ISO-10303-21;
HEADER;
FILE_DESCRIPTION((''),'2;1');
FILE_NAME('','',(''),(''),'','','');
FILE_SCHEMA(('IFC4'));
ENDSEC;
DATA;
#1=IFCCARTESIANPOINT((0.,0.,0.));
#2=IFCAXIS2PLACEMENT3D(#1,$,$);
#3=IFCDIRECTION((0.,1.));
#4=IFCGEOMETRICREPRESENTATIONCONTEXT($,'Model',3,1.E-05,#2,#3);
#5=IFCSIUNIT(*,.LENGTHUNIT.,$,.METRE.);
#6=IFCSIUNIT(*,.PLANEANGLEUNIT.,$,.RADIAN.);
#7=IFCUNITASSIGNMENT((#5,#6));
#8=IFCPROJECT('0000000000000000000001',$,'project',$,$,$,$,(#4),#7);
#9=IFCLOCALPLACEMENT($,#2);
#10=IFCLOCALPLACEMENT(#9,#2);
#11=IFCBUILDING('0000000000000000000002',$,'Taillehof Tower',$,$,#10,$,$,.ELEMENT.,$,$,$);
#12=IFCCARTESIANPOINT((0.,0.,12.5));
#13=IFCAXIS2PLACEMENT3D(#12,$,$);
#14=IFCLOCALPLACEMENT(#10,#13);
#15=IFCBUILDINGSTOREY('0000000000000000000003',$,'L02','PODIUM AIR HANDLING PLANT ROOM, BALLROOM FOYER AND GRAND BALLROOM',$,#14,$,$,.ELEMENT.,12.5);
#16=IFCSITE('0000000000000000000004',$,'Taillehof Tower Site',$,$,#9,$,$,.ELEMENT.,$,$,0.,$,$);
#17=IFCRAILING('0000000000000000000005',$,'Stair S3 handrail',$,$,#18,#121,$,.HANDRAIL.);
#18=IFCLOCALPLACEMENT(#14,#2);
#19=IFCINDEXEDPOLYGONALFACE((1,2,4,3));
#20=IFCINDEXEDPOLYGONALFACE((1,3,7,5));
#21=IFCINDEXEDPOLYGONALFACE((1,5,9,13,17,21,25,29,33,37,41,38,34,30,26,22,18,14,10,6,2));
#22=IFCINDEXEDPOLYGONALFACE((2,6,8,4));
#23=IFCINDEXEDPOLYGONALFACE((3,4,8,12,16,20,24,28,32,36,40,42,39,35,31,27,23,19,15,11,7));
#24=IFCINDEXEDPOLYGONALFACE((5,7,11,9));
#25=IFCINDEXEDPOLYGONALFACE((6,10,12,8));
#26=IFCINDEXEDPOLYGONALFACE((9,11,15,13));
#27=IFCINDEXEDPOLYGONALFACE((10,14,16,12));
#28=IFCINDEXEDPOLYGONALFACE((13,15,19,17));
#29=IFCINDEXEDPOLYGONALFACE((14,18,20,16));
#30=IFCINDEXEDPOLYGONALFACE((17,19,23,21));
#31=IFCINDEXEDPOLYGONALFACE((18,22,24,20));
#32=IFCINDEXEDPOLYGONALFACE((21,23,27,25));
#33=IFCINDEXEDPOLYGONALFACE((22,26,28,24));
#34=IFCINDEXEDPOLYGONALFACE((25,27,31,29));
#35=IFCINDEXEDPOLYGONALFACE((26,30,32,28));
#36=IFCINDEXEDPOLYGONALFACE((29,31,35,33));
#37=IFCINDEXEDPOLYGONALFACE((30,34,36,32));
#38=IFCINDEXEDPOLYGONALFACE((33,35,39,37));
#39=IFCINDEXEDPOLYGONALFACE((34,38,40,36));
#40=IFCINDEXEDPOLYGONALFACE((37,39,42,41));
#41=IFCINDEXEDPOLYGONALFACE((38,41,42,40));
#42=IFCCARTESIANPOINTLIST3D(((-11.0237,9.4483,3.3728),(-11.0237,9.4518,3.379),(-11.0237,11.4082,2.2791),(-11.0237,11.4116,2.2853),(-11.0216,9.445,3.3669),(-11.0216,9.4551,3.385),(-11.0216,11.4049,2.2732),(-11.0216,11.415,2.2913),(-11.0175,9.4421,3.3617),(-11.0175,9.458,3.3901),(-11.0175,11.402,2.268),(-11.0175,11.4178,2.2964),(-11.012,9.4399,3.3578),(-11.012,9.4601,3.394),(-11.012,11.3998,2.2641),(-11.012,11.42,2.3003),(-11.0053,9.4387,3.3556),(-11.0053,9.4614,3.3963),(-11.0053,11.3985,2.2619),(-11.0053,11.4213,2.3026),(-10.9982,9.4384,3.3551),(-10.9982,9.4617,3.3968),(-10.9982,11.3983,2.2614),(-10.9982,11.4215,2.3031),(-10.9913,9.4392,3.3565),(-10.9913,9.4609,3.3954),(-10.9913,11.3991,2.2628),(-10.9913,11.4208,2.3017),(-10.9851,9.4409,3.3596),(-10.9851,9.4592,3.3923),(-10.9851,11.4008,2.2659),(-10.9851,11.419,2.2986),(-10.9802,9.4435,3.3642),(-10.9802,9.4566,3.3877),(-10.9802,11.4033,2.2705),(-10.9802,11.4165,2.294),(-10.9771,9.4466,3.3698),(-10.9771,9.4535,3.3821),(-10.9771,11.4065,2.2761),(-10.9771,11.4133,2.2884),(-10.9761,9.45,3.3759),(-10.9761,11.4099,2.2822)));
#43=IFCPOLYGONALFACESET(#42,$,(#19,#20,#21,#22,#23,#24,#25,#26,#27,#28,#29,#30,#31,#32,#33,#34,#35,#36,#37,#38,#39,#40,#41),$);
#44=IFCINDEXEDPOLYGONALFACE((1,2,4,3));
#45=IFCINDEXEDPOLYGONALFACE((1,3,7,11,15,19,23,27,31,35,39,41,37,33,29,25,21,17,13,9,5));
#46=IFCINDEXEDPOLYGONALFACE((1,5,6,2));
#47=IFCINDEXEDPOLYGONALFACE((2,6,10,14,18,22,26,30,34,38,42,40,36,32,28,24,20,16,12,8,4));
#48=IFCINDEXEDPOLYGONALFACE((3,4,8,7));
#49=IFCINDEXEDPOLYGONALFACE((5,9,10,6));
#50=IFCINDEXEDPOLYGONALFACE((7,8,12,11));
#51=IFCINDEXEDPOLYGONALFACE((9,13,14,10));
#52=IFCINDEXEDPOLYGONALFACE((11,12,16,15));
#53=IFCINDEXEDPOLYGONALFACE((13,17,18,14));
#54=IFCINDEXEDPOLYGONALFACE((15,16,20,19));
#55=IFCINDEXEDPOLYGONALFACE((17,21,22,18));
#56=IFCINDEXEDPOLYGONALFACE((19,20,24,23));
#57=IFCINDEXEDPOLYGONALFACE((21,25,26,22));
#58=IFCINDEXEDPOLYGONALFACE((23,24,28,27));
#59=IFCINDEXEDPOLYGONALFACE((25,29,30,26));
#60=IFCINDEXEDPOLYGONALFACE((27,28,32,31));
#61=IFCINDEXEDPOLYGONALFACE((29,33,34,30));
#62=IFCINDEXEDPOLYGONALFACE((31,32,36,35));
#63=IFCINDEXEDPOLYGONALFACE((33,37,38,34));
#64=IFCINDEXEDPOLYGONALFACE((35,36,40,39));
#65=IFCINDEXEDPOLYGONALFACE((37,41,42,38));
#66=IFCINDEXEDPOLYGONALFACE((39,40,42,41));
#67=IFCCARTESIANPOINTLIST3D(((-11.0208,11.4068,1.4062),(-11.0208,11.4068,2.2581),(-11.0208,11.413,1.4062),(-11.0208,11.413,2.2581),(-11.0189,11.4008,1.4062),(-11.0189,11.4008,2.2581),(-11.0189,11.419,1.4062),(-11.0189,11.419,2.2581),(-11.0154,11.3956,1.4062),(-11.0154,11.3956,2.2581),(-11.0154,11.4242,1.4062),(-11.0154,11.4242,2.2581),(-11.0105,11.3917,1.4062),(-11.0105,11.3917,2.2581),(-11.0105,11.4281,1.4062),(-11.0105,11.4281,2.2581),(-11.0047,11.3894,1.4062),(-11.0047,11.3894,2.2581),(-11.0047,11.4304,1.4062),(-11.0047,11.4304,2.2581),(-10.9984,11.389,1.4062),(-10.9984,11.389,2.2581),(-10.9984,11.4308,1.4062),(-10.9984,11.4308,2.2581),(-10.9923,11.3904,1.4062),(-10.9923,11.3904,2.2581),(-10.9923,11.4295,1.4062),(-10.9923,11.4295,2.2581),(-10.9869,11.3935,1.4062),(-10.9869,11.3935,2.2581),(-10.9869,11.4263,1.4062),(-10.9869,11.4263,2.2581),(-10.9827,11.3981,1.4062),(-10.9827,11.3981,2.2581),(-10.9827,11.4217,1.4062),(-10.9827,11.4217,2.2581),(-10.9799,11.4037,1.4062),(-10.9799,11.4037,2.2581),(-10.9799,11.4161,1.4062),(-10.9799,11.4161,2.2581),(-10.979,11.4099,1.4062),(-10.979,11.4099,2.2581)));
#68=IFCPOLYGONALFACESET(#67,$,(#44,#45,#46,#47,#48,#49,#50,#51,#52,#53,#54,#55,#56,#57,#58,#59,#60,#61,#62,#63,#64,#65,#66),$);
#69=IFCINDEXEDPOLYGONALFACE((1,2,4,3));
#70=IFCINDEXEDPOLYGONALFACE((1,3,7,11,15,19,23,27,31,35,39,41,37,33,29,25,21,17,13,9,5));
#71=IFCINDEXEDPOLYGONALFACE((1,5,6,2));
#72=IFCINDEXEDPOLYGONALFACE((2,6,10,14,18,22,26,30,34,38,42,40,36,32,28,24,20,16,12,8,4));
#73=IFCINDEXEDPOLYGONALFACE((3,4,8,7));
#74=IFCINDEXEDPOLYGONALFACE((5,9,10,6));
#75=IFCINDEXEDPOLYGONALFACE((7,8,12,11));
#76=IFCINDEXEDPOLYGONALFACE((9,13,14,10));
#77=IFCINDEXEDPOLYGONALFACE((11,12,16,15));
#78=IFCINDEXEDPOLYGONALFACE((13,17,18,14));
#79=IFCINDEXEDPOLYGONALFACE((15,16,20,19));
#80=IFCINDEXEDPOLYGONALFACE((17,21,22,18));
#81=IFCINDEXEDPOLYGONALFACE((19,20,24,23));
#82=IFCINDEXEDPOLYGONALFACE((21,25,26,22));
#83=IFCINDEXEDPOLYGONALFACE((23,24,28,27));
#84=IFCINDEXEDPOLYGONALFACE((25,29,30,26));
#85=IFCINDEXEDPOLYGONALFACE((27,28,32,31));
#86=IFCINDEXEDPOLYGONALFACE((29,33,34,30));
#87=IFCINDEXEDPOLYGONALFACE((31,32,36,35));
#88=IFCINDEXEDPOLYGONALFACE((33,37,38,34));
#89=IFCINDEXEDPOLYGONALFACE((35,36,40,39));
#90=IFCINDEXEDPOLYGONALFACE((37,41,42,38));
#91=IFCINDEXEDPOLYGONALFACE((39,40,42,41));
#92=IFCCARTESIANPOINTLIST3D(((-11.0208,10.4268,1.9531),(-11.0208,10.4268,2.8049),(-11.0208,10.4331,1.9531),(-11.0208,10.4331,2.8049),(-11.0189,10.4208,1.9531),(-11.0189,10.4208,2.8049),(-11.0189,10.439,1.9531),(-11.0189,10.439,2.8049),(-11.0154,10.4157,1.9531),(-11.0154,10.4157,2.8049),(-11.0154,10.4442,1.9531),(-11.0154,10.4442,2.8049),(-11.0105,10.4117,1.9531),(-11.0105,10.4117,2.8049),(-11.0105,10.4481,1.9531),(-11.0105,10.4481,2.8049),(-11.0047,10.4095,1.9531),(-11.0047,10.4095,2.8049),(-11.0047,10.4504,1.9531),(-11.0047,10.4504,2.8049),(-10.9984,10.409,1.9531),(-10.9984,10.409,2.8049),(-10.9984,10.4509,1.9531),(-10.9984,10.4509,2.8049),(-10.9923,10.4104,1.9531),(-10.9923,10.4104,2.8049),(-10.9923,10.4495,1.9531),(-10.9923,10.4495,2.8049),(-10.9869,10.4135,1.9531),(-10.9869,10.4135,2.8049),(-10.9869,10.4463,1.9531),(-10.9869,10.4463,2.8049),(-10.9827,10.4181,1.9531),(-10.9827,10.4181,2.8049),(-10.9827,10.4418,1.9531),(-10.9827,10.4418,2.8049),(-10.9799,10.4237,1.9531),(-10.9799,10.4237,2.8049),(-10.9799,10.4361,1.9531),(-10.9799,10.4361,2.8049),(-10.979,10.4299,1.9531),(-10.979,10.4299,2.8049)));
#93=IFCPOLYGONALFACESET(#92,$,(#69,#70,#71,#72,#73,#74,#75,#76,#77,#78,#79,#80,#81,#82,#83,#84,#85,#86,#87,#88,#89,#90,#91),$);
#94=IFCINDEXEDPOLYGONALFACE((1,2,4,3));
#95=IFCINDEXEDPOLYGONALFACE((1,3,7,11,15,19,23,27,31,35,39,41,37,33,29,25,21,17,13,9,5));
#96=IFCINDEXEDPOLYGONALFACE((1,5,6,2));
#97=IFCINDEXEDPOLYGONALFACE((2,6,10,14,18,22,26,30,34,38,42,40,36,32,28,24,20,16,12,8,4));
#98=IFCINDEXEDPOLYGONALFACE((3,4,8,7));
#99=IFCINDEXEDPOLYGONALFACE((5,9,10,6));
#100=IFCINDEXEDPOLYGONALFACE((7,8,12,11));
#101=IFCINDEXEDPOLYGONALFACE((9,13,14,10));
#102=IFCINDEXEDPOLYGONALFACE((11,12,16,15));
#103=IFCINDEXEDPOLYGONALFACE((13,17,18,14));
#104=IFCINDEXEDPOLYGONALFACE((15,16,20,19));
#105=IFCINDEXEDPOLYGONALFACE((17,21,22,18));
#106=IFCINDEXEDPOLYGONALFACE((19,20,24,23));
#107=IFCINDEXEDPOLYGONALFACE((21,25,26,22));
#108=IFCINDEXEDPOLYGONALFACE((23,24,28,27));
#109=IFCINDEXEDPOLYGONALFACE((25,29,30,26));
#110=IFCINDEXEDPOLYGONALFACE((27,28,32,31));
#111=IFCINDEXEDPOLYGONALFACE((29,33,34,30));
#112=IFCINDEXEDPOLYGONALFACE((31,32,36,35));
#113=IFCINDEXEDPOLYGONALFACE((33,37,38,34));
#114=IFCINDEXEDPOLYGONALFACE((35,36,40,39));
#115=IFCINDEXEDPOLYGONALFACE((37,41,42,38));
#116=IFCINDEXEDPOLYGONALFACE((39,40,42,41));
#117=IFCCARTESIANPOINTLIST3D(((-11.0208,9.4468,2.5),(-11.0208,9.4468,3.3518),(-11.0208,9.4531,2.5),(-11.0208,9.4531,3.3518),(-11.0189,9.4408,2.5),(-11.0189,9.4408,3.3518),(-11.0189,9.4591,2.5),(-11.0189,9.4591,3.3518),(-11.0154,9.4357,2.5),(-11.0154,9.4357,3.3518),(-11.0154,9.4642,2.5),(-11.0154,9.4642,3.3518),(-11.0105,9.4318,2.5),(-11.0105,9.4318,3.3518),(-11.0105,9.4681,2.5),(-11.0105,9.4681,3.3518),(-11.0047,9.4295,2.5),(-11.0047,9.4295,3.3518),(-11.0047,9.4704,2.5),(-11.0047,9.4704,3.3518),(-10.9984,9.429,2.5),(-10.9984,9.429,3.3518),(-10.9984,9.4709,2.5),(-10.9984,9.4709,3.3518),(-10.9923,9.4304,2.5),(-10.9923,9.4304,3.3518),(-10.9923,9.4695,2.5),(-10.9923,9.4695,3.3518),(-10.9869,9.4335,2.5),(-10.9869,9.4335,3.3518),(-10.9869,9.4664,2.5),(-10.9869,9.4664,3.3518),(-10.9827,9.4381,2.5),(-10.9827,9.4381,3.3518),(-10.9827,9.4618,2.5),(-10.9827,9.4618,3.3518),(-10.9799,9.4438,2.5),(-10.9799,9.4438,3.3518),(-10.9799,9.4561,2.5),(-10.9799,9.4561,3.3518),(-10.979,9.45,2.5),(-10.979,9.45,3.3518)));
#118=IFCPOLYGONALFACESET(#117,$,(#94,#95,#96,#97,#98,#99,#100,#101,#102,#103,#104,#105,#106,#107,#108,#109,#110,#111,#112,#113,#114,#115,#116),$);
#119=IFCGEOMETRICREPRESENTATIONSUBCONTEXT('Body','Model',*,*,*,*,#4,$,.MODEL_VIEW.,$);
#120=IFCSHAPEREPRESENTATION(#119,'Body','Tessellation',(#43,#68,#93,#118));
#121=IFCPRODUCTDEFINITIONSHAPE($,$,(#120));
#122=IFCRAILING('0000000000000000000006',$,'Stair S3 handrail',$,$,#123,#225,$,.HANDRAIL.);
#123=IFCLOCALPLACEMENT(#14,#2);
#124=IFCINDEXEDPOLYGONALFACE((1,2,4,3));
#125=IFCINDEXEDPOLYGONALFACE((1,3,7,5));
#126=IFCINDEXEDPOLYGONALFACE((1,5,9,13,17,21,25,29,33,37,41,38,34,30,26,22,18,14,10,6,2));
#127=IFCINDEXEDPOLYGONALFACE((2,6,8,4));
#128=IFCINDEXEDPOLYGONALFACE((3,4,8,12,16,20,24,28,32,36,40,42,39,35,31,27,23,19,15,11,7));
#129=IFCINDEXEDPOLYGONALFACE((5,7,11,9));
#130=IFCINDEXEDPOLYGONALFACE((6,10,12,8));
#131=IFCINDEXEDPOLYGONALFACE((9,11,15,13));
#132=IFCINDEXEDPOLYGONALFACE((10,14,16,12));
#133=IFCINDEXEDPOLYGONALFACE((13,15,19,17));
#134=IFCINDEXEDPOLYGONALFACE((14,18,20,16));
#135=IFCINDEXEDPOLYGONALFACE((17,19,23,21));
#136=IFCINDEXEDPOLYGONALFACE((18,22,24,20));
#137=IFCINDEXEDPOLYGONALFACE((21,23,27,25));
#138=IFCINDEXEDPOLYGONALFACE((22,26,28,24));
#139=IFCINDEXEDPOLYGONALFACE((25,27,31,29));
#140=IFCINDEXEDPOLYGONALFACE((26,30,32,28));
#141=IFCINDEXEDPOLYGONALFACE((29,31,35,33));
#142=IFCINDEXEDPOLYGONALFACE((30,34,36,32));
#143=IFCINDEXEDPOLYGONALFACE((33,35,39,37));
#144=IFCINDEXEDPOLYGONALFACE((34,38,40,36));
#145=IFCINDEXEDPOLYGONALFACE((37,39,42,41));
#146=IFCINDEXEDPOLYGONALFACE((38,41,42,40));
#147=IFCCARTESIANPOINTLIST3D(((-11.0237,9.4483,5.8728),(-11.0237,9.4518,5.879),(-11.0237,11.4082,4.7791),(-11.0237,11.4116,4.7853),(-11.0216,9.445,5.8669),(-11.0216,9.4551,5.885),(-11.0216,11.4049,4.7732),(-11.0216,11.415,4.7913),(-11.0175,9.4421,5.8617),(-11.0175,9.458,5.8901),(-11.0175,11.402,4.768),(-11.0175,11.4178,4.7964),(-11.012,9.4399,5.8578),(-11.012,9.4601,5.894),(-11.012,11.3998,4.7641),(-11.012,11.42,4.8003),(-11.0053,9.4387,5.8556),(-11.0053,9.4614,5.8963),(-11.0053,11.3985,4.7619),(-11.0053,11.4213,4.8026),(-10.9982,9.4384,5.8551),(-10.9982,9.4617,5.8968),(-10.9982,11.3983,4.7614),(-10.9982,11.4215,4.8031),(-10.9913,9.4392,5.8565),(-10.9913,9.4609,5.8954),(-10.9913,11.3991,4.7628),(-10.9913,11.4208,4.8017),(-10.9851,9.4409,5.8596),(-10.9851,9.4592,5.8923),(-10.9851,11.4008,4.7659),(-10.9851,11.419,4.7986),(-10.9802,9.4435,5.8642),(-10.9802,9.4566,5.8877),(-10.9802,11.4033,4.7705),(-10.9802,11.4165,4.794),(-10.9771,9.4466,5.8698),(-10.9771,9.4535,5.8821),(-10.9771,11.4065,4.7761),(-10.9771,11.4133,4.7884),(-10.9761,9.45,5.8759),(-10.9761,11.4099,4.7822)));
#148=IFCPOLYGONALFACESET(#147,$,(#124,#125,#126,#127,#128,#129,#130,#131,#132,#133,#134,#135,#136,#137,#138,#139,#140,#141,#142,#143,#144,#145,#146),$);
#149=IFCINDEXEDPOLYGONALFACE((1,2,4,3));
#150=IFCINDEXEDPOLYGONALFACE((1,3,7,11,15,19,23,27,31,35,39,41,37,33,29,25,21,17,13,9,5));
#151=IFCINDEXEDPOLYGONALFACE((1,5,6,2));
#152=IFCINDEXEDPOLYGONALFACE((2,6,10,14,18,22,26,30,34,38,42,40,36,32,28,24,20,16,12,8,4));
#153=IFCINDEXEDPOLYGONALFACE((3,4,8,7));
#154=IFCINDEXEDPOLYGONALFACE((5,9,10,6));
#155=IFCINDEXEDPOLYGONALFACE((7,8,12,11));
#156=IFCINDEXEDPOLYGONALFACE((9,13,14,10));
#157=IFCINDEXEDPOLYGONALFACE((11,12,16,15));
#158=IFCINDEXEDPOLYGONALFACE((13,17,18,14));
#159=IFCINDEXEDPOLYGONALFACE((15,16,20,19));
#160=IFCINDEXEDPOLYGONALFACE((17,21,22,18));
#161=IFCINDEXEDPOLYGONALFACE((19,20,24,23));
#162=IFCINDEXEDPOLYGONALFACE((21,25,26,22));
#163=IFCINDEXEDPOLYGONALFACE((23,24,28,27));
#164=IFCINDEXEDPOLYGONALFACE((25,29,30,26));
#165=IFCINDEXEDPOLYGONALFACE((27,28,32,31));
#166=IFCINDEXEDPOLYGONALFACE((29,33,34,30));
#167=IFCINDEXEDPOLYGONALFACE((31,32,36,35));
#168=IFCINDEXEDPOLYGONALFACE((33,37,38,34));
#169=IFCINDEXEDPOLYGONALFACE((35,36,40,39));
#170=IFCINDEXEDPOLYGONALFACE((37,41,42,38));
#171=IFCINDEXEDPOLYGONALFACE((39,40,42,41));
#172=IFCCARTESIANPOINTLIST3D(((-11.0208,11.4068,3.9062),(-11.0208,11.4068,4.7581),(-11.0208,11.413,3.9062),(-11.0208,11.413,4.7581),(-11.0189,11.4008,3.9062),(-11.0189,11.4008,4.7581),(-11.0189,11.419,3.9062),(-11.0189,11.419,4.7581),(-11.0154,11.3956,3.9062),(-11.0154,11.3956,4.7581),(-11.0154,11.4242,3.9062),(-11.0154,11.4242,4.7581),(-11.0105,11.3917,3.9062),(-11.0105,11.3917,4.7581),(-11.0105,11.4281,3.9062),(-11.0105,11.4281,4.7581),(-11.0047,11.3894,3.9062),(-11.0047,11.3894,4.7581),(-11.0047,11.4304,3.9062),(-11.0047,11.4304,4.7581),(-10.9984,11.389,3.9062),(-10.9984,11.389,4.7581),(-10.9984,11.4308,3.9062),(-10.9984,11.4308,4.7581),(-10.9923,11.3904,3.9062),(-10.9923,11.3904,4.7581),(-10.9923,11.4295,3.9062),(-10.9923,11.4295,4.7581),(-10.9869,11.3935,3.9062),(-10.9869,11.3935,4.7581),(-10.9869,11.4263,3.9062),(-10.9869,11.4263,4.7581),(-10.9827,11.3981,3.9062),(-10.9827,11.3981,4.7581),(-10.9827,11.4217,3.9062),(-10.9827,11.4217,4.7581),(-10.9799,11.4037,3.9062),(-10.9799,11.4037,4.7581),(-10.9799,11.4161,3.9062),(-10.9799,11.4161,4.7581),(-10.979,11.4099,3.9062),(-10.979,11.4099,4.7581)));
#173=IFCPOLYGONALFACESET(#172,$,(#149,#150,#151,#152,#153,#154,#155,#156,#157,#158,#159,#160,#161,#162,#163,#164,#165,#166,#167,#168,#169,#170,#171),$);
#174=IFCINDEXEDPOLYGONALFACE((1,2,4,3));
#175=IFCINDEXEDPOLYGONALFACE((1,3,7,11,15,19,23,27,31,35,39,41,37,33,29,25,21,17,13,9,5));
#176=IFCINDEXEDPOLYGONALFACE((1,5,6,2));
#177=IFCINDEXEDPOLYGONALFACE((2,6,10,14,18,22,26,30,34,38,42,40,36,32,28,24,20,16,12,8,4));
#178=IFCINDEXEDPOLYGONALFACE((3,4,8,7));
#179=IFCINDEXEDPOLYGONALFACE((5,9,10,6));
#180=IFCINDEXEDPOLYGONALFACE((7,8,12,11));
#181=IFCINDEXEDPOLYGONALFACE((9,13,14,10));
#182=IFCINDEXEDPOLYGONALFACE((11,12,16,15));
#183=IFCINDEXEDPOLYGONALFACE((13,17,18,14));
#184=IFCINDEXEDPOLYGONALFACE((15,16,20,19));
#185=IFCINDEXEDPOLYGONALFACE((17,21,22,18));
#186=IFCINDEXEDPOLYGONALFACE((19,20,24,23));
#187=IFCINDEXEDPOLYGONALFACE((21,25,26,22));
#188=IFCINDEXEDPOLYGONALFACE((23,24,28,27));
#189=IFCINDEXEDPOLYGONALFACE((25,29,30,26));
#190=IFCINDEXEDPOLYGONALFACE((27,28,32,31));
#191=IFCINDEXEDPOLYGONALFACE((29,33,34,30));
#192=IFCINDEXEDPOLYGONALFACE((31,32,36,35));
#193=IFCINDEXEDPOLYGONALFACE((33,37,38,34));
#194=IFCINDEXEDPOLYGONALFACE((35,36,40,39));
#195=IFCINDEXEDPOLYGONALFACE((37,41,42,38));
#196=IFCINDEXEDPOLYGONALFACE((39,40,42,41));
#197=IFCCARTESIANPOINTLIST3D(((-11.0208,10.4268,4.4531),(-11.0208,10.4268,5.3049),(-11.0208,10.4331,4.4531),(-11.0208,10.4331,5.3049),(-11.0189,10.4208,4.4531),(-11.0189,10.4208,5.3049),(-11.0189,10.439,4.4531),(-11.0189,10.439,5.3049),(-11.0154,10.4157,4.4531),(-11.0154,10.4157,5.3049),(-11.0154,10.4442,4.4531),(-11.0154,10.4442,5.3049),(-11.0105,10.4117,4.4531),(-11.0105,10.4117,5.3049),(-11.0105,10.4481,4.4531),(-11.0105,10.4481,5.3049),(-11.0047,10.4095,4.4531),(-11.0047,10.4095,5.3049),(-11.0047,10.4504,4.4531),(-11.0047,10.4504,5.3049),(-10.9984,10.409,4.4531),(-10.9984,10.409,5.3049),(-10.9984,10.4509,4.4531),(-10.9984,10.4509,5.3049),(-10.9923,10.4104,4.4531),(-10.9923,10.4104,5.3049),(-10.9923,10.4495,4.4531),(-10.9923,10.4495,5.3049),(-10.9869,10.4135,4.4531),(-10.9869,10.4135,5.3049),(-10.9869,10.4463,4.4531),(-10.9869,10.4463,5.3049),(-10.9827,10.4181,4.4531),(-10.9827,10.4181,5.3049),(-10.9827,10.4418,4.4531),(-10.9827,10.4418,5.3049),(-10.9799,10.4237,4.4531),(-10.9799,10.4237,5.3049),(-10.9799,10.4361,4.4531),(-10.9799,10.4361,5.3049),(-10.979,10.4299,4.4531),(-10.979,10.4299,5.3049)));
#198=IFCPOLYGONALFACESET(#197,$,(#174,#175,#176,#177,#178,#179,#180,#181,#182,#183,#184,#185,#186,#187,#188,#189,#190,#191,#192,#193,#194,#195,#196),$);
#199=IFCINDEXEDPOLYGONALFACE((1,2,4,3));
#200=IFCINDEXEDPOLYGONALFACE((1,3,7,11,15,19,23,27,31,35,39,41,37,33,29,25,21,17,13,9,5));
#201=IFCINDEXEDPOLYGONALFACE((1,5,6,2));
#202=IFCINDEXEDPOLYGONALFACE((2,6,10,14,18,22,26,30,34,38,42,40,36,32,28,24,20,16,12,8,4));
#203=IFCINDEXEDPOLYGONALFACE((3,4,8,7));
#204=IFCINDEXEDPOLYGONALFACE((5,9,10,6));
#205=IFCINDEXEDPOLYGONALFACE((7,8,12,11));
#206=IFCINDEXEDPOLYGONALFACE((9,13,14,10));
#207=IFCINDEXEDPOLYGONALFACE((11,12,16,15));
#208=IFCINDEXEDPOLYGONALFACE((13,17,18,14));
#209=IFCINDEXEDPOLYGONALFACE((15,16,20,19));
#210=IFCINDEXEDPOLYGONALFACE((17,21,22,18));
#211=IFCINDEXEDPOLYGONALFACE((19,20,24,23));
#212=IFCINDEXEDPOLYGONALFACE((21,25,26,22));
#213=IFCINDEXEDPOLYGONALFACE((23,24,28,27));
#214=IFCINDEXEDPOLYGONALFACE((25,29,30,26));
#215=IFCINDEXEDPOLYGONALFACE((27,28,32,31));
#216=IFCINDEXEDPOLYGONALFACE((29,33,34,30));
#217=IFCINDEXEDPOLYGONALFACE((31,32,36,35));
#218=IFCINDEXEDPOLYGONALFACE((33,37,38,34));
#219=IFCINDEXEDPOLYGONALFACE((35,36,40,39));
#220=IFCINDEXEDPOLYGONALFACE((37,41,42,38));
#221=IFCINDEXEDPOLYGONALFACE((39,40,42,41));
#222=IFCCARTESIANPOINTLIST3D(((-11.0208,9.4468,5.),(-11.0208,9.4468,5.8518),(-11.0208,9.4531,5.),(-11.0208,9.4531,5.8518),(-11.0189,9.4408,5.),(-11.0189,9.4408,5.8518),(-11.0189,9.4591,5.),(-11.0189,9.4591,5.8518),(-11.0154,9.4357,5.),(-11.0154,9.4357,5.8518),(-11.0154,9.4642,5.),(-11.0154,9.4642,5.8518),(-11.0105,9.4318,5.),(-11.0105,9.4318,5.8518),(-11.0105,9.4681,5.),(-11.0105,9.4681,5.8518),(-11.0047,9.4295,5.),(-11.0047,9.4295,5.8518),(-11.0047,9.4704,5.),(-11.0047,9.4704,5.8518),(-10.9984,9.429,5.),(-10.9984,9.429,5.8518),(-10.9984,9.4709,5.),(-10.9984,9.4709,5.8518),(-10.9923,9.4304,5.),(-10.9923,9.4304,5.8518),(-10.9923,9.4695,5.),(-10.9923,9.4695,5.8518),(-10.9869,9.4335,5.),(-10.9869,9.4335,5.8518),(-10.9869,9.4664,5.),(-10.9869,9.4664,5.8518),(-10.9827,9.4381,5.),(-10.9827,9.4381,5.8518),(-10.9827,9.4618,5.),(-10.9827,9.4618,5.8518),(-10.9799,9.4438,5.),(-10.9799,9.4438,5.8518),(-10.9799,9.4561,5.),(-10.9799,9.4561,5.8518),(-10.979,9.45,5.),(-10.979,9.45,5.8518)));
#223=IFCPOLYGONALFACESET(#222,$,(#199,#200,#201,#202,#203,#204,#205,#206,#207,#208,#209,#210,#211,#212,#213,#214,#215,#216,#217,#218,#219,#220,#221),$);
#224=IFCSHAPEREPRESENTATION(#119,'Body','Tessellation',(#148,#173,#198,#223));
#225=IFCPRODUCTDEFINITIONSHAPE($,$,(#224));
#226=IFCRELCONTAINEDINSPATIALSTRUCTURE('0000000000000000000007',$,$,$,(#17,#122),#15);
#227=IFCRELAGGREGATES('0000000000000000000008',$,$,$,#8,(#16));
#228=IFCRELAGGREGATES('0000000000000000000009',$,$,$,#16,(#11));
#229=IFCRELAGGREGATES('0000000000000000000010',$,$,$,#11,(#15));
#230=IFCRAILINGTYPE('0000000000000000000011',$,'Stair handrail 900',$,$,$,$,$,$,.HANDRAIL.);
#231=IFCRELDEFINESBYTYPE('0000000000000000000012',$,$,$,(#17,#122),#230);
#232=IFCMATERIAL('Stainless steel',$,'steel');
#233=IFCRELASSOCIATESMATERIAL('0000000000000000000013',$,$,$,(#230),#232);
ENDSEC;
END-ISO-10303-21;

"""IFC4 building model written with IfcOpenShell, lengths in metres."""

from ifc_helpers import new_model, si_unit, direction, frame, origin, origin_2d, place, context, subcontext, project, spatial, circle, extrude, material, type_object, element, save


model = new_model("IFC4")

# Units and contexts
model_context = context("Model", 3, precision=1e-05, world=origin(), true_north=direction((0.0, 1.0)))
body_context = subcontext(model_context, "Body", "Model", "MODEL_VIEW")
ifc_project = project(units=[si_unit("LENGTHUNIT", "METRE"), si_unit("PLANEANGLEUNIT", "RADIAN")], contexts=[model_context])

# Site, building, storey
site_placement = place(None, origin())
site = spatial("IfcSite", under=ifc_project, at=site_placement, Name="Taillehof Tower Site", CompositionType="ELEMENT", RefElevation=0.0)
building_placement = place(site_placement, origin())
building = spatial("IfcBuilding", under=site, at=building_placement, Name="Taillehof Tower", CompositionType="ELEMENT")
storey_placement = place(building_placement, frame((0.0, 0.0, 12.5)))
storey = spatial("IfcBuildingStorey", under=building, at=storey_placement, Name="L02", Description="PODIUM AIR HANDLING PLANT ROOM, BALLROOM FOYER AND GRAND BALLROOM", CompositionType="ELEMENT", Elevation=12.5)

# Railings
ifc_material_1 = material(Name="Stainless steel", Category="steel")
railing_type_1 = type_object("IfcRailingType", Name="Stair handrail 900", PredefinedType="HANDRAIL", material=ifc_material_1)
for number, where, name in (
    (1, (-11.0, 11.4099, 1.4062), "Stair S3 handrail"),
    (2, (-11.0, 11.4099, 3.9062), "Stair S3 handrail"),
):
    element("IfcRailing", number, at=place(storey_placement, frame(where)), inside=storey, type_object=railing_type_1, Name=name, PredefinedType="HANDRAIL", context=body_context, shape_type="SweptSolid", body=[
        extrude(circle(Radius=0.0239, at=origin_2d()), frame((0.0, 0.0, 0.876), z_axis=(0.0, -0.873232, 0.487304), x_axis=(1.0, 0.0, 0.0)), (0.0, 0.0, 1.0), 2.2444),
        extrude(circle(Radius=0.021, at=origin_2d()), origin(), (0.0, 0.0, 1.0), 0.8518),
        extrude(circle(Radius=0.021, at=origin_2d()), frame((0.0, -0.98, 0.5469)), (0.0, 0.0, 1.0), 0.8518),
        extrude(circle(Radius=0.021, at=origin_2d()), frame((0.0, -1.96, 1.0938)), (0.0, 0.0, 1.0), 0.8518),
    ])

save(model, "model.ifc")
